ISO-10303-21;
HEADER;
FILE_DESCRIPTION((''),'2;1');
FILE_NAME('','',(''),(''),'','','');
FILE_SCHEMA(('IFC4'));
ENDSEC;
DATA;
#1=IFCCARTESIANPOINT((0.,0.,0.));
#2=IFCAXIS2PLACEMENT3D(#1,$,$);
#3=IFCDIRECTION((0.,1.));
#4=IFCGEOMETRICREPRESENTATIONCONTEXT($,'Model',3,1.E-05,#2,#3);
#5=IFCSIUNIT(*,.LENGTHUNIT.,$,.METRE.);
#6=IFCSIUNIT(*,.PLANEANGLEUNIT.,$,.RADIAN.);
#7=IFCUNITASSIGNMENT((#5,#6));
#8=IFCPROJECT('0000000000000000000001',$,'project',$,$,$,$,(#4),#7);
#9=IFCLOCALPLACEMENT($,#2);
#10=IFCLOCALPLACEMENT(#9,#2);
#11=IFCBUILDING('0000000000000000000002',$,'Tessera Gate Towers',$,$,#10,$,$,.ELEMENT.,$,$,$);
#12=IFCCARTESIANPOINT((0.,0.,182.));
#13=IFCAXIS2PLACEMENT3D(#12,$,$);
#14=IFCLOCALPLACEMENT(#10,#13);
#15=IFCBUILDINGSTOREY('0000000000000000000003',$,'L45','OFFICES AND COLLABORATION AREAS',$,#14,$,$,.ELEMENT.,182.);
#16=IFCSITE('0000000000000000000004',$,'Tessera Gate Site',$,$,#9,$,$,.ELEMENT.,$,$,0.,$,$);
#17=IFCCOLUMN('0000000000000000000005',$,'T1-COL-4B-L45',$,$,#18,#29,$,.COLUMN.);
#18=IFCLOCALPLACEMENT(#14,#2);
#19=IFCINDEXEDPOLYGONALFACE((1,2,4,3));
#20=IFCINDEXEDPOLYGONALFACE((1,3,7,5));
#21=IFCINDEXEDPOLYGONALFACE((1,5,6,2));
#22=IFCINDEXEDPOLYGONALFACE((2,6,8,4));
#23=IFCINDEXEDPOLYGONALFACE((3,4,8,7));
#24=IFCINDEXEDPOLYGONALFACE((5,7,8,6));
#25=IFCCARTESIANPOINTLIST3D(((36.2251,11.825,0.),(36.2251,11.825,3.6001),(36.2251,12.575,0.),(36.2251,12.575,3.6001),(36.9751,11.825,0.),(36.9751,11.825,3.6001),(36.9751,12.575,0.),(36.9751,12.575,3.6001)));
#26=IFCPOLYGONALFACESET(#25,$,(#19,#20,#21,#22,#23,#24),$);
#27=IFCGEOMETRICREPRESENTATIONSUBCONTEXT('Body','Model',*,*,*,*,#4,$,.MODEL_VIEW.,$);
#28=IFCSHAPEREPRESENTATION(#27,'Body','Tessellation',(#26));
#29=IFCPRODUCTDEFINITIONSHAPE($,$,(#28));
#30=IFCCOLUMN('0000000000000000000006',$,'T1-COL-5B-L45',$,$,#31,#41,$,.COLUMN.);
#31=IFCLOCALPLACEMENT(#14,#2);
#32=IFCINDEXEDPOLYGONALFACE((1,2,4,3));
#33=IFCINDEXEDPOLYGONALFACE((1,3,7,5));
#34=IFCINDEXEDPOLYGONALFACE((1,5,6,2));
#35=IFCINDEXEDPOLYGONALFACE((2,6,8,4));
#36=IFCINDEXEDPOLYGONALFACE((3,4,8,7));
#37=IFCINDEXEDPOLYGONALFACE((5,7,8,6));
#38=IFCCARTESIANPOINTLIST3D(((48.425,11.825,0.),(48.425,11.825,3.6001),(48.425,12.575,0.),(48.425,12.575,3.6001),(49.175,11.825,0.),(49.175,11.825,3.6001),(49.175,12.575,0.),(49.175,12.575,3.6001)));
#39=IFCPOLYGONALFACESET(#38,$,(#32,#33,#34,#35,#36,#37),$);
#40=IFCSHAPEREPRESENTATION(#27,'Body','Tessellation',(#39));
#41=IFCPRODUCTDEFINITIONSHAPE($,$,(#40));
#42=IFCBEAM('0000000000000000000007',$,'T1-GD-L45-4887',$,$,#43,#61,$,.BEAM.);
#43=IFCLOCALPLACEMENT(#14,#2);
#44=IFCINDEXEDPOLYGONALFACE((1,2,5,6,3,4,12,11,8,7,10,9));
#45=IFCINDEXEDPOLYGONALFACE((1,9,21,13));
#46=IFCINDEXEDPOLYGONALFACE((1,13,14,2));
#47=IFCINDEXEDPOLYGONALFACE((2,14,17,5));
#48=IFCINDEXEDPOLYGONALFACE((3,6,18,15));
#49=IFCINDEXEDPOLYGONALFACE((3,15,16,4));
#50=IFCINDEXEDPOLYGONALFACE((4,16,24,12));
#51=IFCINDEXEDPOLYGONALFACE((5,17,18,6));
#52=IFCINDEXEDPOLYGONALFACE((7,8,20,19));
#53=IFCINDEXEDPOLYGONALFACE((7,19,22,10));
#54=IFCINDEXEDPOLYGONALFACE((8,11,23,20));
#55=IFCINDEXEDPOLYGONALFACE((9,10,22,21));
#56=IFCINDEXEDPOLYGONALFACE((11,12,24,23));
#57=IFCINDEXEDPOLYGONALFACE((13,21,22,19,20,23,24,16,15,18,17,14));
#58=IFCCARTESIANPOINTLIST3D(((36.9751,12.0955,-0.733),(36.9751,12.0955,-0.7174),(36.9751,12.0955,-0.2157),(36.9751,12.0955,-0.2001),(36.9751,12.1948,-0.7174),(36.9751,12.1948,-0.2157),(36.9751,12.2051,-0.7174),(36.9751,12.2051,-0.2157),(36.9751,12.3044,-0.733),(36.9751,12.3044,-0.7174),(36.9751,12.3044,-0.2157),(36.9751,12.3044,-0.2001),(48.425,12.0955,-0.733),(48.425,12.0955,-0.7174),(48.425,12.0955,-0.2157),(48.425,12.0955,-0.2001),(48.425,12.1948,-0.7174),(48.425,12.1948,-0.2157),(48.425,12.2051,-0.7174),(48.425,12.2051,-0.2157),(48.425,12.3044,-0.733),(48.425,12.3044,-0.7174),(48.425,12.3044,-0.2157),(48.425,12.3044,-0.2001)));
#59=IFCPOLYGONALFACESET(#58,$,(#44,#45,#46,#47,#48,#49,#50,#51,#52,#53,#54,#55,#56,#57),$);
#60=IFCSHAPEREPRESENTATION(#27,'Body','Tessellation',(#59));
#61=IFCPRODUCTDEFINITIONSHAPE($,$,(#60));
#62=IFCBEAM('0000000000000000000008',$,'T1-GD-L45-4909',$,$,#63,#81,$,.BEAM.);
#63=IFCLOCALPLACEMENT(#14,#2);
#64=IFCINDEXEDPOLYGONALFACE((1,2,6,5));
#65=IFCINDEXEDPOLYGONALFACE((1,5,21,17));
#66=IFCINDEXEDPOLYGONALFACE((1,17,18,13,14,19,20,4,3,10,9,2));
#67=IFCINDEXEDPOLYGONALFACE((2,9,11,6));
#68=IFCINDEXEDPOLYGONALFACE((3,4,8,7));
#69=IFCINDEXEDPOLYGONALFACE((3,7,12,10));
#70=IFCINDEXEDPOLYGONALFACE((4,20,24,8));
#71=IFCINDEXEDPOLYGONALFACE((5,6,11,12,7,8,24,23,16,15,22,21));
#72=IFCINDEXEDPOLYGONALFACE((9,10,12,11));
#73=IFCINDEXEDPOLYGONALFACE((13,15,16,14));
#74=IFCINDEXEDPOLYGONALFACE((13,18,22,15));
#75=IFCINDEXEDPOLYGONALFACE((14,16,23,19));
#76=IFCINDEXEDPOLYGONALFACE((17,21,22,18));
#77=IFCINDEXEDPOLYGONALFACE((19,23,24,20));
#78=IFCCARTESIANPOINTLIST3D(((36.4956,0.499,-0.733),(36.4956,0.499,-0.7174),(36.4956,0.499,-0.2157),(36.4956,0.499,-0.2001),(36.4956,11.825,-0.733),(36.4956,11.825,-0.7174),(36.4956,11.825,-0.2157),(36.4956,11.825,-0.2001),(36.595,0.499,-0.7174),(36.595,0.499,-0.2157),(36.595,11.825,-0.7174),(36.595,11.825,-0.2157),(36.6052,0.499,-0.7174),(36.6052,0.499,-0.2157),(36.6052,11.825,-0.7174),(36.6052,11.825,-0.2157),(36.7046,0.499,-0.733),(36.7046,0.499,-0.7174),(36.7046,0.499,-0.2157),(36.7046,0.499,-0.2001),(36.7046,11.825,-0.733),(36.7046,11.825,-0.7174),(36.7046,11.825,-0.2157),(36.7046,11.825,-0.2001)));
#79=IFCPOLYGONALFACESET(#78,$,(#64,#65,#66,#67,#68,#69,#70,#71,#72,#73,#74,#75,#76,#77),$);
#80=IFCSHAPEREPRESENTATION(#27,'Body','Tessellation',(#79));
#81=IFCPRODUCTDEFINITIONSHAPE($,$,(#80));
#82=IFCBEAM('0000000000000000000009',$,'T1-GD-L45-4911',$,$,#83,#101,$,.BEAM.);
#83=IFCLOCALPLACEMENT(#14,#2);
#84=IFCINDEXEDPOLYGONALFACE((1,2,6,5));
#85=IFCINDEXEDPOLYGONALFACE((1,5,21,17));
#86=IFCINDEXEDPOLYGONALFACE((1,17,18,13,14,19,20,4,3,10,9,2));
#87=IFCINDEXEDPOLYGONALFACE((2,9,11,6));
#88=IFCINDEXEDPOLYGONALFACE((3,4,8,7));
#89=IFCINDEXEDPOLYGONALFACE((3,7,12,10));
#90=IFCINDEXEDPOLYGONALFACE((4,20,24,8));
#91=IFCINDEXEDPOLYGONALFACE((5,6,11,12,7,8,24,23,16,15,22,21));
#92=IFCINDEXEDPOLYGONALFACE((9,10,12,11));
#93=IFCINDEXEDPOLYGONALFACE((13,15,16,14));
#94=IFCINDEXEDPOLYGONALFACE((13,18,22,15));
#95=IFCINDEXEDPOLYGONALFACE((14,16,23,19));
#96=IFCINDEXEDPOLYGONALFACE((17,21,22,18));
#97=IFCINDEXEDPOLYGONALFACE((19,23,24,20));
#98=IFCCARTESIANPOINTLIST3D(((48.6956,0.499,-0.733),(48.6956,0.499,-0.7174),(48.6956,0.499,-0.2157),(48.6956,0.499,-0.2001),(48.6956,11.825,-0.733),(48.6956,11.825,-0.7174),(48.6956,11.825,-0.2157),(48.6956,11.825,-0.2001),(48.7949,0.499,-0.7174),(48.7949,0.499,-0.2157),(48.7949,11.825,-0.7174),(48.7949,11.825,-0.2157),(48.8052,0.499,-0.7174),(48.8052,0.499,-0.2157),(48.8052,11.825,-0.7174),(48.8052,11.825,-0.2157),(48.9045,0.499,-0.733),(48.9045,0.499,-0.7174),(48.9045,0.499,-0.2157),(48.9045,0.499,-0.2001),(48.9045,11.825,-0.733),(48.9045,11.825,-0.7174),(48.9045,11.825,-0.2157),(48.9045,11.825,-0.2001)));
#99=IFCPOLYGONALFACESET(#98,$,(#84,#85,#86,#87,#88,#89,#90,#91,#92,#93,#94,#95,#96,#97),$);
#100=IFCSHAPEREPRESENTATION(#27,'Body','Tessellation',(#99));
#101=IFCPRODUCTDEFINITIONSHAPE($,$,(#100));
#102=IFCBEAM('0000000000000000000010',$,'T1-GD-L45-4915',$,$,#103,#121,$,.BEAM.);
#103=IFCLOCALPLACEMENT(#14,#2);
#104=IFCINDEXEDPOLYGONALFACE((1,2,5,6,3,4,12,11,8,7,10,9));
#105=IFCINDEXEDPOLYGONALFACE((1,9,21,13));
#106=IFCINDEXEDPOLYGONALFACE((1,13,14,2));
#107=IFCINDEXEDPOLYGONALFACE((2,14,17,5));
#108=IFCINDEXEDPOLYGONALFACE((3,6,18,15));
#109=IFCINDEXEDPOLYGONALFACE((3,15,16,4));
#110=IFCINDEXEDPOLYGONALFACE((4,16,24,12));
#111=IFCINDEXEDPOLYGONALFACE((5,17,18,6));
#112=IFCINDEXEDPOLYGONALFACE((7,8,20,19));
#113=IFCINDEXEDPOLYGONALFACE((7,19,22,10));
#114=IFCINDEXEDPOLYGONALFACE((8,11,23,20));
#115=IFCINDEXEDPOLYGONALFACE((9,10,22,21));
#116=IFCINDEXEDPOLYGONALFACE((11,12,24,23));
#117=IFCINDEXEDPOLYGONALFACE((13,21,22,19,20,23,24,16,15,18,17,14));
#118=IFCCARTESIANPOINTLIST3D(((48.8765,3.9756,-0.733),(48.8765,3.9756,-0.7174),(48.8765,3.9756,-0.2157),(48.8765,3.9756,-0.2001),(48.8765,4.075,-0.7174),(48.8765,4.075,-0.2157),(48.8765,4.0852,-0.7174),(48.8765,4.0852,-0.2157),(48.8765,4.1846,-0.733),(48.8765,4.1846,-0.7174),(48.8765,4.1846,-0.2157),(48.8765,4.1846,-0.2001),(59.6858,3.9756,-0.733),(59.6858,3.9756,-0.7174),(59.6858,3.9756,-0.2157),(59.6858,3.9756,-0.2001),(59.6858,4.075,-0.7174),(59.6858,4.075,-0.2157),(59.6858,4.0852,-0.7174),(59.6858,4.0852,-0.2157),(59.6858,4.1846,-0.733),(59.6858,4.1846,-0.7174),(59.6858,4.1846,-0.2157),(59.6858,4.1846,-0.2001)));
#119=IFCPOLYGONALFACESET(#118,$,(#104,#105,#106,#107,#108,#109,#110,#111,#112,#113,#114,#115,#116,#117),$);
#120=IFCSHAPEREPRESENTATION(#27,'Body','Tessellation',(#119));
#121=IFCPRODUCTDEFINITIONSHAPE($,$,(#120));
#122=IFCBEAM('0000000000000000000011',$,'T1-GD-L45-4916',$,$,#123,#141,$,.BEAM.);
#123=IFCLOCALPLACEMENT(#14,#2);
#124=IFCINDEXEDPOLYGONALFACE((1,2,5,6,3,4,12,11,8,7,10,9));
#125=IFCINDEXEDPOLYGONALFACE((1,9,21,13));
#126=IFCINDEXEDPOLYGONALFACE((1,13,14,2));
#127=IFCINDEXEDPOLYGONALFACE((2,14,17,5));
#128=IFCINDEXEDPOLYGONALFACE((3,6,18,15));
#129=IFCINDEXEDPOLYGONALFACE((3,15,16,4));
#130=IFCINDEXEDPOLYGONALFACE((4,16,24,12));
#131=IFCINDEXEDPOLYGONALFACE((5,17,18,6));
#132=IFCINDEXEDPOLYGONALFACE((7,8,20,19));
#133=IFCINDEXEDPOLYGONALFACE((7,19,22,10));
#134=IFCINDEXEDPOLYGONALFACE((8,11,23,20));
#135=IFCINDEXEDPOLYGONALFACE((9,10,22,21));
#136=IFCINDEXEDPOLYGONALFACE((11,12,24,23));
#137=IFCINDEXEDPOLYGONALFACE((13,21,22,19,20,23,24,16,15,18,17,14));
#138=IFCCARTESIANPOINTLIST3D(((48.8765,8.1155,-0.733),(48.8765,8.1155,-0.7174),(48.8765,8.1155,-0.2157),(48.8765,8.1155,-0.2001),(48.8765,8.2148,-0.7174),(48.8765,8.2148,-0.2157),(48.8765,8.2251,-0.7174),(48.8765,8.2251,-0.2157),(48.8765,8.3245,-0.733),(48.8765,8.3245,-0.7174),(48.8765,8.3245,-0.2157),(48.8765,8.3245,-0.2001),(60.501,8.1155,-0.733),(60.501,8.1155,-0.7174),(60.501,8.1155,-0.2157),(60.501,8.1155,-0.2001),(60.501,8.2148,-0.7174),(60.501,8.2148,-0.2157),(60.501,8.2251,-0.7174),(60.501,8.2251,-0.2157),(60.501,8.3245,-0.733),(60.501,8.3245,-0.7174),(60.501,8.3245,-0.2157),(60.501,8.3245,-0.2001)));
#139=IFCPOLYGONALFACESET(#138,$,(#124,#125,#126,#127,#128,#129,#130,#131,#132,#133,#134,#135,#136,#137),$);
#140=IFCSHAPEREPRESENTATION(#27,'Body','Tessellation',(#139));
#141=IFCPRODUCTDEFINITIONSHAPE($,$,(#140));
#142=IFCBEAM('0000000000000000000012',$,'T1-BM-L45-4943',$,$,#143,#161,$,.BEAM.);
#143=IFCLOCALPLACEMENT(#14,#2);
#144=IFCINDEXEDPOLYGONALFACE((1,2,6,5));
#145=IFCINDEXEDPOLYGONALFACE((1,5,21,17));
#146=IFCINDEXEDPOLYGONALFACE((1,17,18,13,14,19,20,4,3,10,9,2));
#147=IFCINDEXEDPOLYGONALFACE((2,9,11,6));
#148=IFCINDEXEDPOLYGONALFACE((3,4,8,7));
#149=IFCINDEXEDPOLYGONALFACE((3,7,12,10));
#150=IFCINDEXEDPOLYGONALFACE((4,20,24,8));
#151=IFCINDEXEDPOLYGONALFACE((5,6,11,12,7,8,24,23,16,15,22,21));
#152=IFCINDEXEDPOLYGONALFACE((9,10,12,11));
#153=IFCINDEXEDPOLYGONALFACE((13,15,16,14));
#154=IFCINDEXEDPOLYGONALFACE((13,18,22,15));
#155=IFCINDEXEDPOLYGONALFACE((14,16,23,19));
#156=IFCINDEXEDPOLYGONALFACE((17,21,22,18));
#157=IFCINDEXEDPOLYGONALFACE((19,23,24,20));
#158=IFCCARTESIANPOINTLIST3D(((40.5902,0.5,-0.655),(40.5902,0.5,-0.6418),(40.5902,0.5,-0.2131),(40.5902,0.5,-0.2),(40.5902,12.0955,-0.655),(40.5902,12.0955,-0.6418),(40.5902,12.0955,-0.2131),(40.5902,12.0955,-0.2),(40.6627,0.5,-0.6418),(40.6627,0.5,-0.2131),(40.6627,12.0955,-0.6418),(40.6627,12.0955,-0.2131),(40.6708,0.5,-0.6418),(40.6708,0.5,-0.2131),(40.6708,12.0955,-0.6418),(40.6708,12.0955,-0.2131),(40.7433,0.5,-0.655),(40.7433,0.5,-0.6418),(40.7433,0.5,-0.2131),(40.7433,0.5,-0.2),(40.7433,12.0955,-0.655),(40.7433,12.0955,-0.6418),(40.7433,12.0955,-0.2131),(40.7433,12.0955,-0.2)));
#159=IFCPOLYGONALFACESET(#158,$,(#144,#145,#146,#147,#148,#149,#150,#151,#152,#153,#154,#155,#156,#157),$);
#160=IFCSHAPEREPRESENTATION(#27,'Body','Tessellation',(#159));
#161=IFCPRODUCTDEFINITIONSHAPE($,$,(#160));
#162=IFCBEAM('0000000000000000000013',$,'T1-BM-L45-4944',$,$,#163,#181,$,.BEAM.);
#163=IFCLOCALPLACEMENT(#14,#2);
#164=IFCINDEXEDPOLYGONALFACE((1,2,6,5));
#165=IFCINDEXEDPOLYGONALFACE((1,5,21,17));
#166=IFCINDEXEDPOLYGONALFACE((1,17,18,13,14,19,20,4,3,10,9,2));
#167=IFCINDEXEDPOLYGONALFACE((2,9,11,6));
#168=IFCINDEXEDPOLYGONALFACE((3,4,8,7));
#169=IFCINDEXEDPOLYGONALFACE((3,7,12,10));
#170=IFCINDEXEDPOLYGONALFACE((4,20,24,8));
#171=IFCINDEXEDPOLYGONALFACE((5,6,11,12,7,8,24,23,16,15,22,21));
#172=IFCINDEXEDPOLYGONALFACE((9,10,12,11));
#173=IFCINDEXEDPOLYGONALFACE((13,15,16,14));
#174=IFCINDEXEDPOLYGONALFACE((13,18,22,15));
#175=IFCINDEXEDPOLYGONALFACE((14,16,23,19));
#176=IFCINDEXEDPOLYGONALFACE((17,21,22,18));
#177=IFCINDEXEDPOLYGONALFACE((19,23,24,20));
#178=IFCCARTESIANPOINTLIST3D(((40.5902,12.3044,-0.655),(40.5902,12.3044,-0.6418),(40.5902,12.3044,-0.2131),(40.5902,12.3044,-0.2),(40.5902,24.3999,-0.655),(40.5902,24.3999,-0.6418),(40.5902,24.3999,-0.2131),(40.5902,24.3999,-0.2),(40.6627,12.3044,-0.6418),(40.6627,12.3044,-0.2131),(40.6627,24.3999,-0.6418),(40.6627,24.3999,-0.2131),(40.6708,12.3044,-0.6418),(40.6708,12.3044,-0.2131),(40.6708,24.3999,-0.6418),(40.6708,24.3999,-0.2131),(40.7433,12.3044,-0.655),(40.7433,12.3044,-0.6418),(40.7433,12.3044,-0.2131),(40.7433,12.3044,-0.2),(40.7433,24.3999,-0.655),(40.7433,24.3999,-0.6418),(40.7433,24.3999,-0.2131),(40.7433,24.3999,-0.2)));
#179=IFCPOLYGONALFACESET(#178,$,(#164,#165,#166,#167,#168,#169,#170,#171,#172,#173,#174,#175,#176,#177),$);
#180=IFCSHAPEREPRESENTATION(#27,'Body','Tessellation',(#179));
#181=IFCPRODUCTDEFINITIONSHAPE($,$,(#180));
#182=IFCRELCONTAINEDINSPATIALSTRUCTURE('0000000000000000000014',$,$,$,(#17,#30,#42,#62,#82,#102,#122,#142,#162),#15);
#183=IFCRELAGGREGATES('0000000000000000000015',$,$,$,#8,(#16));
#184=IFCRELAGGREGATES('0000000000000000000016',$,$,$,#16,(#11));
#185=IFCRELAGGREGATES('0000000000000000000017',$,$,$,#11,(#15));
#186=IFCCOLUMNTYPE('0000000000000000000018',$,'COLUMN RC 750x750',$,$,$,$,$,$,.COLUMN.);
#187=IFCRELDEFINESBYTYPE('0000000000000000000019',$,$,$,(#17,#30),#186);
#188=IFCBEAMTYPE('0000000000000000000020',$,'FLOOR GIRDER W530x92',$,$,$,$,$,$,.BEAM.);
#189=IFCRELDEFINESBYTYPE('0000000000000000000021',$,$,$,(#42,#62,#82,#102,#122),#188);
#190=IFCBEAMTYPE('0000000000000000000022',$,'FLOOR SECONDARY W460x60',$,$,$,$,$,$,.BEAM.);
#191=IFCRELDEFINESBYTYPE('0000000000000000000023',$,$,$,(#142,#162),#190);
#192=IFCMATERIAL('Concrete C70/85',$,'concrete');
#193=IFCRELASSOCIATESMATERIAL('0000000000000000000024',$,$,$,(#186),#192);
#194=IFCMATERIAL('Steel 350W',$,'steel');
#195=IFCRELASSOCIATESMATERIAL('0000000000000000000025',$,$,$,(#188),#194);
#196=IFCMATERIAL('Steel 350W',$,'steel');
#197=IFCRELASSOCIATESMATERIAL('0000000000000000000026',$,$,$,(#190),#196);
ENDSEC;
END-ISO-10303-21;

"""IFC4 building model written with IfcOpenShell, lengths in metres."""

from ifc_helpers import new_model, si_unit, direction, frame, origin, origin_2d, place, context, subcontext, project, spatial, rectangle, i_section, extrude, material, material_profile, profile_set, type_object, element, save


model = new_model("IFC4")

# Units and contexts
model_context = context("Model", 3, precision=1e-05, world=origin(), true_north=direction((0.0, 1.0)))
body_context = subcontext(model_context, "Body", "Model", "MODEL_VIEW")
ifc_project = project(units=[si_unit("LENGTHUNIT", "METRE"), si_unit("PLANEANGLEUNIT", "RADIAN")], contexts=[model_context])

# Site, building, storey
site_placement = place(None, origin())
site = spatial("IfcSite", under=ifc_project, at=site_placement, Name="Tessera Gate Site", CompositionType="ELEMENT", RefElevation=0.0)
building_placement = place(site_placement, origin())
building = spatial("IfcBuilding", under=site, at=building_placement, Name="Tessera Gate Towers", CompositionType="ELEMENT")
storey_placement = place(building_placement, frame((0.0, 0.0, 182.0)))
storey = spatial("IfcBuildingStorey", under=building, at=storey_placement, Name="L45", Description="OFFICES AND COLLABORATION AREAS", CompositionType="ELEMENT", Elevation=182.0)

# Columns
ifc_material_1 = material(Name="Concrete C70/85", Category="concrete")
ifc_material_profile_1 = material_profile(ifc_material_1, rectangle(XDim=0.75, YDim=0.75, at=origin_2d()), Name="RC 750x750")
ifc_profile_set_1 = profile_set([ifc_material_profile_1], Name="Concrete C70/85")
column_type = type_object("IfcColumnType", Name="COLUMN RC 750x750", PredefinedType="COLUMN", material=ifc_profile_set_1)
for number, where, z_axis, x_axis, name in (
    (1, (36.6001, 12.2, 0.0), (0.0, 0.0, 1.0), (1.0, 0.0, 0.0), "T1-COL-4B-L45"),
    (2, (48.8, 12.2, 0.0), (0.0, 0.0, 1.0), (1.0, 0.0, 0.0), "T1-COL-5B-L45"),
):
    element("IfcColumn", number, at=place(storey_placement, frame(where, z_axis=z_axis, x_axis=x_axis)), inside=storey, type_object=column_type, Name=name, PredefinedType="COLUMN", context=body_context, shape_type="SweptSolid", body=[
        extrude(rectangle(XDim=0.75, YDim=0.75, at=origin_2d()), origin(), (0.0, 0.0, 1.0), 3.6001),
    ])

# Beams
ifc_material_2 = material(Name="Steel 350W", Category="steel")
ifc_material_profile_2 = material_profile(ifc_material_2, i_section(OverallWidth=0.209, OverallDepth=0.533, WebThickness=0.0103, FlangeThickness=0.0156, at=origin_2d()), Name="W530x92")
ifc_profile_set_2 = profile_set([ifc_material_profile_2], Name="Steel 350W")
beam_type_1 = type_object("IfcBeamType", Name="FLOOR GIRDER W530x92", PredefinedType="BEAM", material=ifc_profile_set_2)
beam_1_placement = place(storey_placement, frame((36.9751, 12.2, -0.4666), z_axis=(1.0, 0.0, 0.0), x_axis=(0.0, 1.0, 0.0)))
element("IfcBeam", 3, at=beam_1_placement, inside=storey, type_object=beam_type_1, Name="T1-GD-L45-4887", PredefinedType="BEAM", context=body_context, shape_type="SweptSolid", body=[
    extrude(i_section(OverallWidth=0.209, OverallDepth=0.533, WebThickness=0.0103, FlangeThickness=0.0156, at=origin_2d()), origin(), (0.0, 0.0, 1.0), 11.45),
])
for number, where, z_axis, x_axis, name in (
    (4, (36.6001, 0.499, -0.4666), (0.0, 1.0, 0.0), (-1.0, 0.0, 0.0), "T1-GD-L45-4909"),
    (5, (48.8, 0.499, -0.4666), (0.0, 1.0, 0.0), (-1.0, 0.0, 0.0), "T1-GD-L45-4911"),
):
    element("IfcBeam", number, at=place(storey_placement, frame(where, z_axis=z_axis, x_axis=x_axis)), inside=storey, type_object=beam_type_1, Name=name, PredefinedType="BEAM", context=body_context, shape_type="SweptSolid", body=[
        extrude(i_section(OverallWidth=0.209, OverallDepth=0.533, WebThickness=0.0103, FlangeThickness=0.0156, at=origin_2d()), origin(), (0.0, 0.0, 1.0), 11.3259),
    ])
beam_2_placement = place(storey_placement, frame((48.8765, 4.0801, -0.4666), z_axis=(1.0, 0.0, 0.0), x_axis=(0.0, 1.0, 0.0)))
element("IfcBeam", 6, at=beam_2_placement, inside=storey, type_object=beam_type_1, Name="T1-GD-L45-4915", PredefinedType="BEAM", context=body_context, shape_type="SweptSolid", body=[
    extrude(i_section(OverallWidth=0.209, OverallDepth=0.533, WebThickness=0.0103, FlangeThickness=0.0156, at=origin_2d()), origin(), (0.0, 0.0, 1.0), 10.8093),
])
beam_3_placement = place(storey_placement, frame((48.8765, 8.22, -0.4666), z_axis=(1.0, 0.0, 0.0), x_axis=(0.0, 1.0, 0.0)))
element("IfcBeam", 7, at=beam_3_placement, inside=storey, type_object=beam_type_1, Name="T1-GD-L45-4916", PredefinedType="BEAM", context=body_context, shape_type="SweptSolid", body=[
    extrude(i_section(OverallWidth=0.209, OverallDepth=0.533, WebThickness=0.0103, FlangeThickness=0.0156, at=origin_2d()), origin(), (0.0, 0.0, 1.0), 11.6245),
])
ifc_material_3 = material(Name="Steel 350W", Category="steel")
ifc_material_profile_3 = material_profile(ifc_material_3, i_section(OverallWidth=0.1531, OverallDepth=0.4551, WebThickness=0.0081, FlangeThickness=0.0132, at=origin_2d()), Name="W460x60")
ifc_profile_set_3 = profile_set([ifc_material_profile_3], Name="Steel 350W")
beam_type_2 = type_object("IfcBeamType", Name="FLOOR SECONDARY W460x60", PredefinedType="BEAM", material=ifc_profile_set_3)
beam_4_placement = place(storey_placement, frame((40.6667, 0.5, -0.4275), z_axis=(0.0, 1.0, 0.0), x_axis=(-1.0, 0.0, 0.0)))
element("IfcBeam", 8, at=beam_4_placement, inside=storey, type_object=beam_type_2, Name="T1-BM-L45-4943", PredefinedType="BEAM", context=body_context, shape_type="SweptSolid", body=[
    extrude(i_section(OverallWidth=0.1531, OverallDepth=0.4551, WebThickness=0.0081, FlangeThickness=0.0132, at=origin_2d()), origin(), (0.0, 0.0, 1.0), 11.5955),
])
beam_5_placement = place(storey_placement, frame((40.6667, 12.3044, -0.4275), z_axis=(0.0, 1.0, 0.0), x_axis=(-1.0, 0.0, 0.0)))
element("IfcBeam", 9, at=beam_5_placement, inside=storey, type_object=beam_type_2, Name="T1-BM-L45-4944", PredefinedType="BEAM", context=body_context, shape_type="SweptSolid", body=[
    extrude(i_section(OverallWidth=0.1531, OverallDepth=0.4551, WebThickness=0.0081, FlangeThickness=0.0132, at=origin_2d()), origin(), (0.0, 0.0, 1.0), 12.0955),
])

save(model, "model.ifc")
